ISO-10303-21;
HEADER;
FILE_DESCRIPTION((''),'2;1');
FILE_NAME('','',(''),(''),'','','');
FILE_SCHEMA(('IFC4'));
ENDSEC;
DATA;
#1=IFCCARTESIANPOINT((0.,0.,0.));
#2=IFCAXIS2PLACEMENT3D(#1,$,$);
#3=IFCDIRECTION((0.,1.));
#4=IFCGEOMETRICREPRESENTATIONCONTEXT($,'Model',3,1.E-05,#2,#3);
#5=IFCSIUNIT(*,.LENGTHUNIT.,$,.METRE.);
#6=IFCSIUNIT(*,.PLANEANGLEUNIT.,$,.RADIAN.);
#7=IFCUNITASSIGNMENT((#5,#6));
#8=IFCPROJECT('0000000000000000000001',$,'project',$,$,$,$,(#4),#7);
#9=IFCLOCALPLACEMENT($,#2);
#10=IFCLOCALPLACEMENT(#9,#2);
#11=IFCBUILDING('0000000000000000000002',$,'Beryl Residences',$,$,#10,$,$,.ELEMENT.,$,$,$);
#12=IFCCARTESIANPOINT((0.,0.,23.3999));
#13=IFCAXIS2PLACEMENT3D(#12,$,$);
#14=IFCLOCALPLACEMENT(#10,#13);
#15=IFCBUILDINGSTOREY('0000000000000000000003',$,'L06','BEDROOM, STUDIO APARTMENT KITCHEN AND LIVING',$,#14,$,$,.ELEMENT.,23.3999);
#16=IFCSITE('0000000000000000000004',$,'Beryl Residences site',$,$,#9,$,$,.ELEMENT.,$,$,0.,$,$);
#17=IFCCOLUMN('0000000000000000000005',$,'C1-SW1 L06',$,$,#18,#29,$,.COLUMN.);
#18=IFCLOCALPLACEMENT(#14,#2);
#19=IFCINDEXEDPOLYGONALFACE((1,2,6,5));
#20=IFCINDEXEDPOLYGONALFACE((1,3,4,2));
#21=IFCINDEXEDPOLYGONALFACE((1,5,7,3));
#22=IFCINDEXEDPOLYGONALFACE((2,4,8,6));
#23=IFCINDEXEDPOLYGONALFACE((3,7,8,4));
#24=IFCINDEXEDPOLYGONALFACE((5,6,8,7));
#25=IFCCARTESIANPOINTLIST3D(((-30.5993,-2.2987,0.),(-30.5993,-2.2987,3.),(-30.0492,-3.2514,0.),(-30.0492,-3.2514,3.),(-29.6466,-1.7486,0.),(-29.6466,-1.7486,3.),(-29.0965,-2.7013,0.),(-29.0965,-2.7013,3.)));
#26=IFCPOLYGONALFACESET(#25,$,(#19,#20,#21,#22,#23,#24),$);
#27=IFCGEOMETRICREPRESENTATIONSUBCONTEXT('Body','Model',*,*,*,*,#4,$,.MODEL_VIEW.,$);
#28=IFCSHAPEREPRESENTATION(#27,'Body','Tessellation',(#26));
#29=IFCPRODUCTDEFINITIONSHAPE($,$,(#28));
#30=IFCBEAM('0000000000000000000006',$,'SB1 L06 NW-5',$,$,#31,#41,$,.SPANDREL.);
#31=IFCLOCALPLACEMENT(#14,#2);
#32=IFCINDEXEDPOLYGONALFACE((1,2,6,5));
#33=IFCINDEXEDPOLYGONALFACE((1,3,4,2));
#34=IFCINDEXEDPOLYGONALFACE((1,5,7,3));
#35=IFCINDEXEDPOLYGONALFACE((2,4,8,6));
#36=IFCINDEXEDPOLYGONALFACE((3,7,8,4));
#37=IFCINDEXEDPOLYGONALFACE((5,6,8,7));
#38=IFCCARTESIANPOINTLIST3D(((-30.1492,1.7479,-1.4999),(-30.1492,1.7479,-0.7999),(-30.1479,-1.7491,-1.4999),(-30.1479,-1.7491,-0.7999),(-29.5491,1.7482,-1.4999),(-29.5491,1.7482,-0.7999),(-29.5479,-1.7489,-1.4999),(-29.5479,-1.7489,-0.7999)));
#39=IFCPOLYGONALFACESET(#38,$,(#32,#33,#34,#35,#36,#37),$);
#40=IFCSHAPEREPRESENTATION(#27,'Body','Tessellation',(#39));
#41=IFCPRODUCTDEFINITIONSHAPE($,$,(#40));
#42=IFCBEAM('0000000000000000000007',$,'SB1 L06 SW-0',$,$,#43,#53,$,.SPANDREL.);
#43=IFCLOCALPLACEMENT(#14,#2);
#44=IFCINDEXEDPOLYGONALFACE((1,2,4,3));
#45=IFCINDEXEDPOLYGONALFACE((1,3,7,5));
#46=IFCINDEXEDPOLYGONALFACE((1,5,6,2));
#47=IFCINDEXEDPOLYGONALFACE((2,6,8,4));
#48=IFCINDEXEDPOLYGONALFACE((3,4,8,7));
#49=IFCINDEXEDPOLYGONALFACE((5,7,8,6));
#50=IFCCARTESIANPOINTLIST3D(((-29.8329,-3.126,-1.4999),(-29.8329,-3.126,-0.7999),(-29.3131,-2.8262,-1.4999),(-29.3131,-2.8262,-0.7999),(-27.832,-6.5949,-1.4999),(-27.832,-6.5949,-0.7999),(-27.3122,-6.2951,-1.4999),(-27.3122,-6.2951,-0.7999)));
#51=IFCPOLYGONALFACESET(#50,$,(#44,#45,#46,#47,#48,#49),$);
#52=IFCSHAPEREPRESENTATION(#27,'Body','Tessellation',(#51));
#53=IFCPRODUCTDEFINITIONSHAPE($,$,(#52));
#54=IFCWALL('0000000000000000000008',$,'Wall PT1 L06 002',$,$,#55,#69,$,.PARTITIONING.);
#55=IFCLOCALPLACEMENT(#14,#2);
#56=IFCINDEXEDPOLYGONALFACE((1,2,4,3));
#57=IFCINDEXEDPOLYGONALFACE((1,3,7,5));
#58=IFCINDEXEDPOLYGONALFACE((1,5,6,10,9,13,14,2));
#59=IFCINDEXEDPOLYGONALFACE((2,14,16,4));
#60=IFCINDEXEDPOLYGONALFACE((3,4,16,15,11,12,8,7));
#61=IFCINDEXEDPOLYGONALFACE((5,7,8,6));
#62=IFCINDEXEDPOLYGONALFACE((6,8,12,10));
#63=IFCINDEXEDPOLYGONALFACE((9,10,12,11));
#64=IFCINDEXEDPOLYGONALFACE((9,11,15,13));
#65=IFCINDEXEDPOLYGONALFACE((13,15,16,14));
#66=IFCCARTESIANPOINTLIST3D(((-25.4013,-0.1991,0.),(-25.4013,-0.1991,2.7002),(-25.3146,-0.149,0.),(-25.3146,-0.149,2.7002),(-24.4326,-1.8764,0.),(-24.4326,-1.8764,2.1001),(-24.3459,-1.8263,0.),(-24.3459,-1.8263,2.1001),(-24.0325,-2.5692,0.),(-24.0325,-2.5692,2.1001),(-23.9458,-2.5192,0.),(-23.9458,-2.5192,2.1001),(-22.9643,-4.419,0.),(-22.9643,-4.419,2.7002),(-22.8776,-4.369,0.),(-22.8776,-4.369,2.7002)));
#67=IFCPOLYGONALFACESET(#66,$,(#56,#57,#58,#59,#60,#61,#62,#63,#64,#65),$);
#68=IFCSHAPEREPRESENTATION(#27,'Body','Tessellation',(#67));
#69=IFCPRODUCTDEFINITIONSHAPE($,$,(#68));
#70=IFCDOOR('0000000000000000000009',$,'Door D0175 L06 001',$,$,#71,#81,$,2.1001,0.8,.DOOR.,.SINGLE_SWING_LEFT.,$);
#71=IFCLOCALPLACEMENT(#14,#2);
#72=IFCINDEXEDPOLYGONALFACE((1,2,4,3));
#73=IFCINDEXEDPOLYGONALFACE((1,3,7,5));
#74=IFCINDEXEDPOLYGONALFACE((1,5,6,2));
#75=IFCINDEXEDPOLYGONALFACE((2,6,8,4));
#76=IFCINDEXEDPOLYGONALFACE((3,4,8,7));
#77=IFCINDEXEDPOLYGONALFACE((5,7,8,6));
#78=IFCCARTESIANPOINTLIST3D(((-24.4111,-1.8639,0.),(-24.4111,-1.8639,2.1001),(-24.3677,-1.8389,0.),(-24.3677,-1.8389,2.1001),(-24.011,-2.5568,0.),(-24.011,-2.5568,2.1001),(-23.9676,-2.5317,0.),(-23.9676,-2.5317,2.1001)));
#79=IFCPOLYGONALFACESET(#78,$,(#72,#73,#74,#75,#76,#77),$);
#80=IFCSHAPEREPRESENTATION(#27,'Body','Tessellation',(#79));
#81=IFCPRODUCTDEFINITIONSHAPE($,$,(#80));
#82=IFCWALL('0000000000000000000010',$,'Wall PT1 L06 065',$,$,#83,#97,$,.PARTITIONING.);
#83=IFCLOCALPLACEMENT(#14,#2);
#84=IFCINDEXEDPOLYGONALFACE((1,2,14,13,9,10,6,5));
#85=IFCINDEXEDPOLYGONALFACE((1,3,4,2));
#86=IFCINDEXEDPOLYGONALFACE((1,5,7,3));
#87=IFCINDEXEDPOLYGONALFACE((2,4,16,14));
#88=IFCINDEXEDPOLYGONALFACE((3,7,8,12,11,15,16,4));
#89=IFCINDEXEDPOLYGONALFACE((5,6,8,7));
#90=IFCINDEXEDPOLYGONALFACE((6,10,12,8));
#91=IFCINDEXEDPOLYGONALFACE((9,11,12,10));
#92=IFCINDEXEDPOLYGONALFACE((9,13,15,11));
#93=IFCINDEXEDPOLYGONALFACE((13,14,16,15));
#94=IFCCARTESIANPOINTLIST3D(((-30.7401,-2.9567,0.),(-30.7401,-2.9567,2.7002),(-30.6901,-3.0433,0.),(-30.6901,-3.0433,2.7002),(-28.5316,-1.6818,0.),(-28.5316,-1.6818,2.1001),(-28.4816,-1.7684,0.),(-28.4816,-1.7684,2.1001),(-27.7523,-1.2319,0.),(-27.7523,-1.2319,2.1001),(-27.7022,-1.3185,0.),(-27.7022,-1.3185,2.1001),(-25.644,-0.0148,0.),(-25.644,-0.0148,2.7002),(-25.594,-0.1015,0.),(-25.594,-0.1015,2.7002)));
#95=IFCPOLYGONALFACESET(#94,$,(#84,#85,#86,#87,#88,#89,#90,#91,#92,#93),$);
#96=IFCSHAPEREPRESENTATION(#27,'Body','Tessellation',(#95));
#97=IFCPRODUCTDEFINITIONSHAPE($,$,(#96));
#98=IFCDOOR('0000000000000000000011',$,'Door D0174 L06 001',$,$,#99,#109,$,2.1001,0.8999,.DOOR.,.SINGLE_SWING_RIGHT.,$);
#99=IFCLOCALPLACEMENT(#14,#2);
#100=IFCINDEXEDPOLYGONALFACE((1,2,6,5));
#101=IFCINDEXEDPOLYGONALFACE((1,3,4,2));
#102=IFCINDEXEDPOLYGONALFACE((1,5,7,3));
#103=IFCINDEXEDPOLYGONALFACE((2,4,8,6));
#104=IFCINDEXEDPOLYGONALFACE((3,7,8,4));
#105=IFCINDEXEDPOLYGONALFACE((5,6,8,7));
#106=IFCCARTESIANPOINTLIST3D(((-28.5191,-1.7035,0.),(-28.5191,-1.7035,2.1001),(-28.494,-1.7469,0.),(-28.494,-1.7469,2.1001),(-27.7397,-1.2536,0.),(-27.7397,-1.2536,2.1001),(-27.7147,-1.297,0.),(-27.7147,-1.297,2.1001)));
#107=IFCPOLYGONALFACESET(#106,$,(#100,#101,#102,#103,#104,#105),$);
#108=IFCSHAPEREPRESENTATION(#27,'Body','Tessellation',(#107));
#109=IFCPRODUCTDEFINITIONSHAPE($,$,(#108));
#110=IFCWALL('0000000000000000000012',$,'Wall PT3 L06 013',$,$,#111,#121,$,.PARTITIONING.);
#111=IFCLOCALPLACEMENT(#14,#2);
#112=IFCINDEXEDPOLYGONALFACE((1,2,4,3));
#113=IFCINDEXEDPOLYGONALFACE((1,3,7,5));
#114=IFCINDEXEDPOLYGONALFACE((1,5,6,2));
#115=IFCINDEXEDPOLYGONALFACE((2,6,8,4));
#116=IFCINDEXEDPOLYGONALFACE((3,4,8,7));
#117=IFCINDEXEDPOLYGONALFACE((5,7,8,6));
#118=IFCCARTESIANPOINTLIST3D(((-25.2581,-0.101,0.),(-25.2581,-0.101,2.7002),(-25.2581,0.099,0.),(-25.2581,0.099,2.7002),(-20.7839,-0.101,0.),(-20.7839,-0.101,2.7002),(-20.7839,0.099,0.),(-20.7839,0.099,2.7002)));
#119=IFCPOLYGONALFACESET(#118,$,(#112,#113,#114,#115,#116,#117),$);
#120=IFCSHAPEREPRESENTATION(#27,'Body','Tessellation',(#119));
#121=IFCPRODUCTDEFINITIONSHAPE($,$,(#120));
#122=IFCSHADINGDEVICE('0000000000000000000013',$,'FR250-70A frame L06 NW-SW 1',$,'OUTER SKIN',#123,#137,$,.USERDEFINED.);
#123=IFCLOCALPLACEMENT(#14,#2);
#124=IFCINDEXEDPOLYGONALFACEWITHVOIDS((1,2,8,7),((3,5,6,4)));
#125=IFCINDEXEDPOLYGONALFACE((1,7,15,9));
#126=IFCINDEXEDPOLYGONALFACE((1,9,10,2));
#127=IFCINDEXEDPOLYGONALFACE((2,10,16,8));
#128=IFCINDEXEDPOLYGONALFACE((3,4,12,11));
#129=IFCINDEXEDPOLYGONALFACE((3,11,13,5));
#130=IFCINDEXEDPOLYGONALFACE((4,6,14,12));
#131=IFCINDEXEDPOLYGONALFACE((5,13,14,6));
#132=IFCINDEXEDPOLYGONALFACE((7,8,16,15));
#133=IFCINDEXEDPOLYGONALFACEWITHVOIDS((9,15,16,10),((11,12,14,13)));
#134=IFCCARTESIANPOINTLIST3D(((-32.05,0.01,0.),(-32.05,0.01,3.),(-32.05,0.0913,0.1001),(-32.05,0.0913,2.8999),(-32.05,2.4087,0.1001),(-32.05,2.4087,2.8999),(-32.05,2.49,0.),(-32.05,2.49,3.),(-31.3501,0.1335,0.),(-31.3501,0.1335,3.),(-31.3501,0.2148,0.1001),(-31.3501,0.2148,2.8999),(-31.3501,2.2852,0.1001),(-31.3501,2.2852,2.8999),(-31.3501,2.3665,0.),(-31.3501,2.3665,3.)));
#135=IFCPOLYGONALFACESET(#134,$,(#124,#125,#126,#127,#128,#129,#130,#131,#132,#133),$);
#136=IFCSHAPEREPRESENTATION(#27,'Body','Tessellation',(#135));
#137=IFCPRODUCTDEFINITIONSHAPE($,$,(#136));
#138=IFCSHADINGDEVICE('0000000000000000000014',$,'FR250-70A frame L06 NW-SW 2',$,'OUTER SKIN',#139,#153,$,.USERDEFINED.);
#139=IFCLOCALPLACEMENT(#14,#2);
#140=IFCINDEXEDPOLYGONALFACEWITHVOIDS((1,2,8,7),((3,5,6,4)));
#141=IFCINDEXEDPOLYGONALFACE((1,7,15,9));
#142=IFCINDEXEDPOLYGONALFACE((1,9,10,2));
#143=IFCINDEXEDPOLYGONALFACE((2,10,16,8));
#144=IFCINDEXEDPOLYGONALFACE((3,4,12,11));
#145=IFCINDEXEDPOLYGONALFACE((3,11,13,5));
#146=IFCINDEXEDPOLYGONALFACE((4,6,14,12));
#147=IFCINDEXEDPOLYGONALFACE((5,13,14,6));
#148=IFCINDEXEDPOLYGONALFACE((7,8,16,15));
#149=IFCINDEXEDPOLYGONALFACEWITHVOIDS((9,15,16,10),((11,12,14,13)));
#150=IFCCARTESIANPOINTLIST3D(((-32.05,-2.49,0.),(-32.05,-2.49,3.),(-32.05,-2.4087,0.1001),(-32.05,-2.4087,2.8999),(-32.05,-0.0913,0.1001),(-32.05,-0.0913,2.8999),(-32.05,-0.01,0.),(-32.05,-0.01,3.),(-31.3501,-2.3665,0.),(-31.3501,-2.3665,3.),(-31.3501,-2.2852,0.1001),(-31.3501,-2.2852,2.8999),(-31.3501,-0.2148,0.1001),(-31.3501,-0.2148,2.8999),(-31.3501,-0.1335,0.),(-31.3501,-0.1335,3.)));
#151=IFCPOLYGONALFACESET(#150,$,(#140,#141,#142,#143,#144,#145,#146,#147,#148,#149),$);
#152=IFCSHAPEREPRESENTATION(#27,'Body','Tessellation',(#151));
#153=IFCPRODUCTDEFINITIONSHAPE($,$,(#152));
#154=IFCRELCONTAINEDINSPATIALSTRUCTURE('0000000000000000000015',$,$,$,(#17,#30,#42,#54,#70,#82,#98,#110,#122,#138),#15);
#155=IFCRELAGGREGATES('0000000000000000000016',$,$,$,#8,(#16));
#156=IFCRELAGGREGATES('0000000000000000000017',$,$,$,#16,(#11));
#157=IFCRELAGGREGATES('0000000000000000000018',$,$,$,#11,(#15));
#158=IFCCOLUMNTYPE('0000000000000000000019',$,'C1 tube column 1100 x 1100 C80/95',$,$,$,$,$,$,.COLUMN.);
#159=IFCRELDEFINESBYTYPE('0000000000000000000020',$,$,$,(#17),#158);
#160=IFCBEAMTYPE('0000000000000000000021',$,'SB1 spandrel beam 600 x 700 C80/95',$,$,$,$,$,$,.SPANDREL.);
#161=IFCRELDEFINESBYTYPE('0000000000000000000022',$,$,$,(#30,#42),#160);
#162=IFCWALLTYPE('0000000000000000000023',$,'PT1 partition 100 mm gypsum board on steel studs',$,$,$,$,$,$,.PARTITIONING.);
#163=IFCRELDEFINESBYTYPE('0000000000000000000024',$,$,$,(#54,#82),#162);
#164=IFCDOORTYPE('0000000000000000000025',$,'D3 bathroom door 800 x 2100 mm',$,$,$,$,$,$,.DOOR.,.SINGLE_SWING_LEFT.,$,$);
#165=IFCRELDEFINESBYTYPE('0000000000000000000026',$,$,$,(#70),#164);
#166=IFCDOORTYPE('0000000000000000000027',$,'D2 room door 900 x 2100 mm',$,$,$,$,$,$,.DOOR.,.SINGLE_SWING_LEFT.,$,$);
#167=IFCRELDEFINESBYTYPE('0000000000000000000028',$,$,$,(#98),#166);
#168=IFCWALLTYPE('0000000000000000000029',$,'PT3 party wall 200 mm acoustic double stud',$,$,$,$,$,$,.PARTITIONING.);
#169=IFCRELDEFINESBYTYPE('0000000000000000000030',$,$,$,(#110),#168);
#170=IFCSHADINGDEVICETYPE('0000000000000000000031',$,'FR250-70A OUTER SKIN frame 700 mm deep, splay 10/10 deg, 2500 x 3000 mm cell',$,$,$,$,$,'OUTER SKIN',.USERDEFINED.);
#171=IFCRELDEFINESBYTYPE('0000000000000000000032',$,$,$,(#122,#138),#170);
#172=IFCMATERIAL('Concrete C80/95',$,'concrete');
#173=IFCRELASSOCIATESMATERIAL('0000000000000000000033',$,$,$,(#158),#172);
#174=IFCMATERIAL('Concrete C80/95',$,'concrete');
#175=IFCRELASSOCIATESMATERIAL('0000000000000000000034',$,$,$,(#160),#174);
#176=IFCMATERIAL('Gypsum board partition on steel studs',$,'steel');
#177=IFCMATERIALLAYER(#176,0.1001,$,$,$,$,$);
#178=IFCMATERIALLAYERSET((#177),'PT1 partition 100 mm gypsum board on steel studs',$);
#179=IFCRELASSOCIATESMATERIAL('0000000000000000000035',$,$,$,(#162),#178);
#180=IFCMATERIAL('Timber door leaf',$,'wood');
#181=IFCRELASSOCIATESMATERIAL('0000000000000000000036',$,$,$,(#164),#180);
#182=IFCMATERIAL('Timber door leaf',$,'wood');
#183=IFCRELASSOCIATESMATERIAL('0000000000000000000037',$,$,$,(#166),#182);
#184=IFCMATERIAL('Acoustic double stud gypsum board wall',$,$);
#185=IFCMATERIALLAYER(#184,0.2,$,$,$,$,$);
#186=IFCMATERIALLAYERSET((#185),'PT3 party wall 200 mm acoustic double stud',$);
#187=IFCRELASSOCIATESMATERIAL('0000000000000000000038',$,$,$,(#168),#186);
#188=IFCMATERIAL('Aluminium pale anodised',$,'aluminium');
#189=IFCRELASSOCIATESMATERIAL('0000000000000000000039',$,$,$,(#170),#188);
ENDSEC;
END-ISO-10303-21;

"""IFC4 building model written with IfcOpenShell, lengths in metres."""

from ifc_helpers import new_model, entity, si_unit, direction, frame, frame_2d, origin, origin_2d, place, context, subcontext, project, spatial, rectangle, extrude, source, transform, mapped, material, layer, layer_set, material_profile, profile_set, type_object, type_shapes, element, fill, save


model = new_model("IFC4")

# Units and contexts
model_context = context("Model", 3, precision=1e-05, world=origin(), true_north=direction((0.0, 1.0)))
body_context = subcontext(model_context, "Body", "Model", "MODEL_VIEW")
ifc_project = project(units=[si_unit("LENGTHUNIT", "METRE"), si_unit("PLANEANGLEUNIT", "RADIAN")], contexts=[model_context])

# Site, building, storey
site_placement = place(None, origin())
site = spatial("IfcSite", under=ifc_project, at=site_placement, Name="Beryl Residences site", CompositionType="ELEMENT", RefElevation=0.0)
building_placement = place(site_placement, origin())
building = spatial("IfcBuilding", under=site, at=building_placement, Name="Beryl Residences", CompositionType="ELEMENT")
storey_placement = place(building_placement, frame((0.0, 0.0, 23.3999)))
storey = spatial("IfcBuildingStorey", under=building, at=storey_placement, Name="L06", Description="BEDROOM, STUDIO APARTMENT KITCHEN AND LIVING", CompositionType="ELEMENT", Elevation=23.3999)

# Column
ifc_material_1 = material(Name="Concrete C80/95", Category="concrete")
ifc_material_profile_1 = material_profile(ifc_material_1, rectangle(XDim=1.1001, YDim=1.1001, at=origin_2d()))
ifc_profile_set_1 = profile_set([ifc_material_profile_1], Name="Concrete C80/95")
column_type = type_object("IfcColumnType", Name="C1 tube column 1100 x 1100 C80/95", PredefinedType="COLUMN", material=ifc_profile_set_1)
column_placement = place(storey_placement, frame((-29.8479, -2.5, 0.0), z_axis=(0.0, 0.0, 1.0), x_axis=(0.499985, -0.866034, 0.0)))
element("IfcColumn", 1, at=column_placement, inside=storey, type_object=column_type, Name="C1-SW1 L06", PredefinedType="COLUMN", context=body_context, shape_type="SweptSolid", body=[
    extrude(rectangle(XDim=1.1001, YDim=1.1001, at=origin_2d()), origin(), (0.0, 0.0, 1.0), 3.0),
])

# Beams
ifc_material_2 = material(Name="Concrete C80/95", Category="concrete")
ifc_material_profile_2 = material_profile(ifc_material_2, rectangle(XDim=0.6001, YDim=0.7, at=origin_2d()))
ifc_profile_set_2 = profile_set([ifc_material_profile_2], Name="Concrete C80/95")
beam_type = type_object("IfcBeamType", Name="SB1 spandrel beam 600 x 700 C80/95", PredefinedType="SPANDREL", material=ifc_profile_set_2)
beam_1_placement = place(storey_placement, frame((-29.8491, 1.748, -1.1499), z_axis=(0.000349, -1.0, 0.0), x_axis=(1.0, 0.000349, 0.0)))
element("IfcBeam", 2, at=beam_1_placement, inside=storey, type_object=beam_type, Name="SB1 L06 NW-5", PredefinedType="SPANDREL", context=body_context, shape_type="SweptSolid", body=[
    extrude(rectangle(XDim=0.6001, YDim=0.7, at=origin_2d()), origin(), (0.0, 0.0, 1.0), 3.4971),
])
beam_2_placement = place(storey_placement, frame((-29.573, -2.9761, -1.1499), z_axis=(0.499654, -0.866225, 0.0), x_axis=(0.866225, 0.499654, 0.0)))
element("IfcBeam", 3, at=beam_2_placement, inside=storey, type_object=beam_type, Name="SB1 L06 SW-0", PredefinedType="SPANDREL", context=body_context, shape_type="SweptSolid", body=[
    extrude(rectangle(XDim=0.6001, YDim=0.7, at=origin_2d()), origin(), (0.0, 0.0, 1.0), 4.0046),
])

# Walls, openings, doors
ifc_material_3 = material(Name="Gypsum board partition on steel studs", Category="steel")
ifc_layer_1 = layer(ifc_material_3, 0.1001)
ifc_layer_set_1 = layer_set([ifc_layer_1], Name="PT1 partition 100 mm gypsum board on steel studs")
wall_type_1 = type_object("IfcWallType", Name="PT1 partition 100 mm gypsum board on steel studs", PredefinedType="PARTITIONING", material=ifc_layer_set_1)
wall_1_placement = place(storey_placement, frame((-25.3579, -0.1741, 0.0), z_axis=(0.0, 0.0, 1.0), x_axis=(0.500094, -0.865971, 0.0)))
wall_1 = element("IfcWall", 4, at=wall_1_placement, inside=storey, type_object=wall_type_1, Name="Wall PT1 L06 002", PredefinedType="PARTITIONING", context=body_context, shape_type="SweptSolid", body=[
    extrude(rectangle(XDim=4.873, YDim=0.1001, at=frame_2d((2.4365, 0.0))), origin(), (0.0, 0.0, 1.0), 2.7002),
])
opening_1_placement = place(wall_1_placement, frame((1.937, 0.0, 0.0)))
opening_1 = element("IfcOpeningElement", 5, at=opening_1_placement, cuts=wall_1, PredefinedType="OPENING", context=body_context, shape_type="SweptSolid", body=[
    extrude(rectangle(XDim=0.8, YDim=2.1001, at=frame_2d((0.3999, 1.05))), frame((0.0, 0.0601, 0.0), z_axis=(0.0, -1.0, 0.0), x_axis=(1.0, 0.0, 0.0)), (0.0, 0.0, 1.0), 0.1201),
])
ifc_material_4 = material(Name="Timber door leaf", Category="wood")
door_type_1 = type_object("IfcDoorType", Name="D3 bathroom door 800 x 2100 mm", OperationType="SINGLE_SWING_LEFT", PredefinedType="DOOR", material=ifc_material_4)
door_1_placement = place(opening_1_placement, origin())
door_1 = element("IfcDoor", 6, at=door_1_placement, inside=storey, type_object=door_type_1, Name="Door D0175 L06 001", OperationType="SINGLE_SWING_LEFT", OverallHeight=2.1001, OverallWidth=0.8, PredefinedType="DOOR", context=body_context, shape_type="SweptSolid", body=[
    extrude(rectangle(XDim=0.8, YDim=2.1001, at=frame_2d((0.3999, 1.05))), frame((0.0, 0.0249, 0.0), z_axis=(0.0, -1.0, 0.0), x_axis=(1.0, 0.0, 0.0)), (0.0, 0.0, 1.0), 0.05),
])
fill(opening_1, door_1)
wall_2_placement = place(storey_placement, frame((-30.7151, -3.0, 0.0), z_axis=(0.0, 0.0, 1.0), x_axis=(0.866054, 0.49995, 0.0)))
wall_2 = element("IfcWall", 7, at=wall_2_placement, inside=storey, type_object=wall_type_1, Name="Wall PT1 L06 065", PredefinedType="PARTITIONING", context=body_context, shape_type="SweptSolid", body=[
    extrude(rectangle(XDim=5.8843, YDim=0.1001, at=frame_2d((2.9421, 0.0))), origin(), (0.0, 0.0, 1.0), 2.7002),
])
opening_2_placement = place(wall_2_placement, frame((2.55, 0.0, 0.0)))
opening_2 = element("IfcOpeningElement", 8, at=opening_2_placement, cuts=wall_2, PredefinedType="OPENING", context=body_context, shape_type="SweptSolid", body=[
    extrude(rectangle(XDim=0.8999, YDim=2.1001, at=frame_2d((0.45, 1.05))), frame((0.0, 0.0601, 0.0), z_axis=(0.0, -1.0, 0.0), x_axis=(1.0, 0.0, 0.0)), (0.0, 0.0, 1.0), 0.1201),
])
ifc_material_5 = material(Name="Timber door leaf", Category="wood")
door_type_2 = type_object("IfcDoorType", Name="D2 room door 900 x 2100 mm", OperationType="SINGLE_SWING_LEFT", PredefinedType="DOOR", material=ifc_material_5)
door_2_placement = place(opening_2_placement, origin())
door_2 = element("IfcDoor", 9, at=door_2_placement, inside=storey, type_object=door_type_2, Name="Door D0174 L06 001", OperationType="SINGLE_SWING_RIGHT", OverallHeight=2.1001, OverallWidth=0.8999, PredefinedType="DOOR", context=body_context, shape_type="SweptSolid", body=[
    extrude(rectangle(XDim=0.8999, YDim=2.1001, at=frame_2d((0.45, 1.05))), frame((0.0, 0.0249, 0.0), z_axis=(0.0, -1.0, 0.0), x_axis=(1.0, 0.0, 0.0)), (0.0, 0.0, 1.0), 0.05),
])
fill(opening_2, door_2)

# Wall
ifc_material_6 = material(Name="Acoustic double stud gypsum board wall")
ifc_layer_2 = layer(ifc_material_6, 0.2)
ifc_layer_set_2 = layer_set([ifc_layer_2], Name="PT3 party wall 200 mm acoustic double stud")
wall_type_2 = type_object("IfcWallType", Name="PT3 party wall 200 mm acoustic double stud", PredefinedType="PARTITIONING", material=ifc_layer_set_2)
wall_3_placement = place(storey_placement, frame((-25.2581, -0.001, 0.0), z_axis=(0.0, 0.0, 1.0), x_axis=(1.0, 0.0, 0.0)))
element("IfcWall", 10, at=wall_3_placement, inside=storey, type_object=wall_type_2, Name="Wall PT3 L06 013", PredefinedType="PARTITIONING", context=body_context, shape_type="SweptSolid", body=[
    extrude(rectangle(XDim=4.4741, YDim=0.2, at=frame_2d((2.2371, 0.0))), origin(), (0.0, 0.0, 1.0), 2.7002),
])

# Shading devices
ifc_material_7 = material(Name="Aluminium pale anodised", Category="aluminium")
shading_device_type_1 = type_object("IfcShadingDeviceType", Name="FR250-70A OUTER SKIN frame 700 mm deep, splay 10/10 deg, 2500 x 3000 mm cell", ElementType="OUTER SKIN", PredefinedType="USERDEFINED", material=ifc_material_7)
cartesian_point_1 = entity("IfcCartesianPoint", [-1.1165, 0.0])
cartesian_point_2 = entity("IfcCartesianPoint", [-1.0352, 0.1001])
cartesian_point_3 = entity("IfcCartesianPoint", [-1.24, 0.0])
cartesian_point_4 = entity("IfcCartesianPoint", [-1.1587, 0.1001])
shared_shape_1 = source(origin(), body_context, "Body", "SweptSolid", [
    entity("IfcExtrudedAreaSolidTapered", entity("IfcArbitraryProfileDefWithVoids", "AREA", None, entity("IfcPolyline", [cartesian_point_1, entity("IfcCartesianPoint", [1.1165, 0.0]), entity("IfcCartesianPoint", [1.1165, 3.0]), entity("IfcCartesianPoint", [-1.1165, 3.0]), cartesian_point_1]), [entity("IfcPolyline", [cartesian_point_2, entity("IfcCartesianPoint", [1.0352, 0.1001]), entity("IfcCartesianPoint", [1.0352, 2.8999]), entity("IfcCartesianPoint", [-1.0352, 2.8999]), cartesian_point_2])]), entity("IfcAxis2Placement3D", entity("IfcCartesianPoint", [0.0, 0.0, 0.0]), entity("IfcDirection", [0.0, 1.0, 0.0]), entity("IfcDirection", [-1.0, 0.0, 0.0])), entity("IfcDirection", [0.0, 0.0, 1.0]), 0.7, entity("IfcArbitraryProfileDefWithVoids", "AREA", None, entity("IfcPolyline", [cartesian_point_3, entity("IfcCartesianPoint", [1.24, 0.0]), entity("IfcCartesianPoint", [1.24, 3.0]), entity("IfcCartesianPoint", [-1.24, 3.0]), cartesian_point_3]), [entity("IfcPolyline", [cartesian_point_4, entity("IfcCartesianPoint", [1.1587, 0.1001]), entity("IfcCartesianPoint", [1.1587, 2.8999]), entity("IfcCartesianPoint", [-1.1587, 2.8999]), cartesian_point_4])])),
])
type_shapes(shading_device_type_1, [shared_shape_1])
for number, where, z_axis, x_axis, name in (
    (11, (-31.3501, 1.25, 0.0), (0.0, 0.0, 1.0), (0.0, 1.0, 0.0), "FR250-70A frame L06 NW-SW 1"),
    (12, (-31.3501, -1.25, 0.0), (0.0, 0.0, 1.0), (0.0, 1.0, 0.0), "FR250-70A frame L06 NW-SW 2"),
):
    element("IfcShadingDevice", number, at=place(storey_placement, frame(where, z_axis=z_axis, x_axis=x_axis)), inside=storey, type_object=shading_device_type_1, Name=name, ObjectType="OUTER SKIN", PredefinedType="USERDEFINED", context=body_context, shape_type="MappedRepresentation", body=[
        mapped(shared_shape_1, transform((0.0, 0.0, 0.0))),
    ])

save(model, "model.ifc")
